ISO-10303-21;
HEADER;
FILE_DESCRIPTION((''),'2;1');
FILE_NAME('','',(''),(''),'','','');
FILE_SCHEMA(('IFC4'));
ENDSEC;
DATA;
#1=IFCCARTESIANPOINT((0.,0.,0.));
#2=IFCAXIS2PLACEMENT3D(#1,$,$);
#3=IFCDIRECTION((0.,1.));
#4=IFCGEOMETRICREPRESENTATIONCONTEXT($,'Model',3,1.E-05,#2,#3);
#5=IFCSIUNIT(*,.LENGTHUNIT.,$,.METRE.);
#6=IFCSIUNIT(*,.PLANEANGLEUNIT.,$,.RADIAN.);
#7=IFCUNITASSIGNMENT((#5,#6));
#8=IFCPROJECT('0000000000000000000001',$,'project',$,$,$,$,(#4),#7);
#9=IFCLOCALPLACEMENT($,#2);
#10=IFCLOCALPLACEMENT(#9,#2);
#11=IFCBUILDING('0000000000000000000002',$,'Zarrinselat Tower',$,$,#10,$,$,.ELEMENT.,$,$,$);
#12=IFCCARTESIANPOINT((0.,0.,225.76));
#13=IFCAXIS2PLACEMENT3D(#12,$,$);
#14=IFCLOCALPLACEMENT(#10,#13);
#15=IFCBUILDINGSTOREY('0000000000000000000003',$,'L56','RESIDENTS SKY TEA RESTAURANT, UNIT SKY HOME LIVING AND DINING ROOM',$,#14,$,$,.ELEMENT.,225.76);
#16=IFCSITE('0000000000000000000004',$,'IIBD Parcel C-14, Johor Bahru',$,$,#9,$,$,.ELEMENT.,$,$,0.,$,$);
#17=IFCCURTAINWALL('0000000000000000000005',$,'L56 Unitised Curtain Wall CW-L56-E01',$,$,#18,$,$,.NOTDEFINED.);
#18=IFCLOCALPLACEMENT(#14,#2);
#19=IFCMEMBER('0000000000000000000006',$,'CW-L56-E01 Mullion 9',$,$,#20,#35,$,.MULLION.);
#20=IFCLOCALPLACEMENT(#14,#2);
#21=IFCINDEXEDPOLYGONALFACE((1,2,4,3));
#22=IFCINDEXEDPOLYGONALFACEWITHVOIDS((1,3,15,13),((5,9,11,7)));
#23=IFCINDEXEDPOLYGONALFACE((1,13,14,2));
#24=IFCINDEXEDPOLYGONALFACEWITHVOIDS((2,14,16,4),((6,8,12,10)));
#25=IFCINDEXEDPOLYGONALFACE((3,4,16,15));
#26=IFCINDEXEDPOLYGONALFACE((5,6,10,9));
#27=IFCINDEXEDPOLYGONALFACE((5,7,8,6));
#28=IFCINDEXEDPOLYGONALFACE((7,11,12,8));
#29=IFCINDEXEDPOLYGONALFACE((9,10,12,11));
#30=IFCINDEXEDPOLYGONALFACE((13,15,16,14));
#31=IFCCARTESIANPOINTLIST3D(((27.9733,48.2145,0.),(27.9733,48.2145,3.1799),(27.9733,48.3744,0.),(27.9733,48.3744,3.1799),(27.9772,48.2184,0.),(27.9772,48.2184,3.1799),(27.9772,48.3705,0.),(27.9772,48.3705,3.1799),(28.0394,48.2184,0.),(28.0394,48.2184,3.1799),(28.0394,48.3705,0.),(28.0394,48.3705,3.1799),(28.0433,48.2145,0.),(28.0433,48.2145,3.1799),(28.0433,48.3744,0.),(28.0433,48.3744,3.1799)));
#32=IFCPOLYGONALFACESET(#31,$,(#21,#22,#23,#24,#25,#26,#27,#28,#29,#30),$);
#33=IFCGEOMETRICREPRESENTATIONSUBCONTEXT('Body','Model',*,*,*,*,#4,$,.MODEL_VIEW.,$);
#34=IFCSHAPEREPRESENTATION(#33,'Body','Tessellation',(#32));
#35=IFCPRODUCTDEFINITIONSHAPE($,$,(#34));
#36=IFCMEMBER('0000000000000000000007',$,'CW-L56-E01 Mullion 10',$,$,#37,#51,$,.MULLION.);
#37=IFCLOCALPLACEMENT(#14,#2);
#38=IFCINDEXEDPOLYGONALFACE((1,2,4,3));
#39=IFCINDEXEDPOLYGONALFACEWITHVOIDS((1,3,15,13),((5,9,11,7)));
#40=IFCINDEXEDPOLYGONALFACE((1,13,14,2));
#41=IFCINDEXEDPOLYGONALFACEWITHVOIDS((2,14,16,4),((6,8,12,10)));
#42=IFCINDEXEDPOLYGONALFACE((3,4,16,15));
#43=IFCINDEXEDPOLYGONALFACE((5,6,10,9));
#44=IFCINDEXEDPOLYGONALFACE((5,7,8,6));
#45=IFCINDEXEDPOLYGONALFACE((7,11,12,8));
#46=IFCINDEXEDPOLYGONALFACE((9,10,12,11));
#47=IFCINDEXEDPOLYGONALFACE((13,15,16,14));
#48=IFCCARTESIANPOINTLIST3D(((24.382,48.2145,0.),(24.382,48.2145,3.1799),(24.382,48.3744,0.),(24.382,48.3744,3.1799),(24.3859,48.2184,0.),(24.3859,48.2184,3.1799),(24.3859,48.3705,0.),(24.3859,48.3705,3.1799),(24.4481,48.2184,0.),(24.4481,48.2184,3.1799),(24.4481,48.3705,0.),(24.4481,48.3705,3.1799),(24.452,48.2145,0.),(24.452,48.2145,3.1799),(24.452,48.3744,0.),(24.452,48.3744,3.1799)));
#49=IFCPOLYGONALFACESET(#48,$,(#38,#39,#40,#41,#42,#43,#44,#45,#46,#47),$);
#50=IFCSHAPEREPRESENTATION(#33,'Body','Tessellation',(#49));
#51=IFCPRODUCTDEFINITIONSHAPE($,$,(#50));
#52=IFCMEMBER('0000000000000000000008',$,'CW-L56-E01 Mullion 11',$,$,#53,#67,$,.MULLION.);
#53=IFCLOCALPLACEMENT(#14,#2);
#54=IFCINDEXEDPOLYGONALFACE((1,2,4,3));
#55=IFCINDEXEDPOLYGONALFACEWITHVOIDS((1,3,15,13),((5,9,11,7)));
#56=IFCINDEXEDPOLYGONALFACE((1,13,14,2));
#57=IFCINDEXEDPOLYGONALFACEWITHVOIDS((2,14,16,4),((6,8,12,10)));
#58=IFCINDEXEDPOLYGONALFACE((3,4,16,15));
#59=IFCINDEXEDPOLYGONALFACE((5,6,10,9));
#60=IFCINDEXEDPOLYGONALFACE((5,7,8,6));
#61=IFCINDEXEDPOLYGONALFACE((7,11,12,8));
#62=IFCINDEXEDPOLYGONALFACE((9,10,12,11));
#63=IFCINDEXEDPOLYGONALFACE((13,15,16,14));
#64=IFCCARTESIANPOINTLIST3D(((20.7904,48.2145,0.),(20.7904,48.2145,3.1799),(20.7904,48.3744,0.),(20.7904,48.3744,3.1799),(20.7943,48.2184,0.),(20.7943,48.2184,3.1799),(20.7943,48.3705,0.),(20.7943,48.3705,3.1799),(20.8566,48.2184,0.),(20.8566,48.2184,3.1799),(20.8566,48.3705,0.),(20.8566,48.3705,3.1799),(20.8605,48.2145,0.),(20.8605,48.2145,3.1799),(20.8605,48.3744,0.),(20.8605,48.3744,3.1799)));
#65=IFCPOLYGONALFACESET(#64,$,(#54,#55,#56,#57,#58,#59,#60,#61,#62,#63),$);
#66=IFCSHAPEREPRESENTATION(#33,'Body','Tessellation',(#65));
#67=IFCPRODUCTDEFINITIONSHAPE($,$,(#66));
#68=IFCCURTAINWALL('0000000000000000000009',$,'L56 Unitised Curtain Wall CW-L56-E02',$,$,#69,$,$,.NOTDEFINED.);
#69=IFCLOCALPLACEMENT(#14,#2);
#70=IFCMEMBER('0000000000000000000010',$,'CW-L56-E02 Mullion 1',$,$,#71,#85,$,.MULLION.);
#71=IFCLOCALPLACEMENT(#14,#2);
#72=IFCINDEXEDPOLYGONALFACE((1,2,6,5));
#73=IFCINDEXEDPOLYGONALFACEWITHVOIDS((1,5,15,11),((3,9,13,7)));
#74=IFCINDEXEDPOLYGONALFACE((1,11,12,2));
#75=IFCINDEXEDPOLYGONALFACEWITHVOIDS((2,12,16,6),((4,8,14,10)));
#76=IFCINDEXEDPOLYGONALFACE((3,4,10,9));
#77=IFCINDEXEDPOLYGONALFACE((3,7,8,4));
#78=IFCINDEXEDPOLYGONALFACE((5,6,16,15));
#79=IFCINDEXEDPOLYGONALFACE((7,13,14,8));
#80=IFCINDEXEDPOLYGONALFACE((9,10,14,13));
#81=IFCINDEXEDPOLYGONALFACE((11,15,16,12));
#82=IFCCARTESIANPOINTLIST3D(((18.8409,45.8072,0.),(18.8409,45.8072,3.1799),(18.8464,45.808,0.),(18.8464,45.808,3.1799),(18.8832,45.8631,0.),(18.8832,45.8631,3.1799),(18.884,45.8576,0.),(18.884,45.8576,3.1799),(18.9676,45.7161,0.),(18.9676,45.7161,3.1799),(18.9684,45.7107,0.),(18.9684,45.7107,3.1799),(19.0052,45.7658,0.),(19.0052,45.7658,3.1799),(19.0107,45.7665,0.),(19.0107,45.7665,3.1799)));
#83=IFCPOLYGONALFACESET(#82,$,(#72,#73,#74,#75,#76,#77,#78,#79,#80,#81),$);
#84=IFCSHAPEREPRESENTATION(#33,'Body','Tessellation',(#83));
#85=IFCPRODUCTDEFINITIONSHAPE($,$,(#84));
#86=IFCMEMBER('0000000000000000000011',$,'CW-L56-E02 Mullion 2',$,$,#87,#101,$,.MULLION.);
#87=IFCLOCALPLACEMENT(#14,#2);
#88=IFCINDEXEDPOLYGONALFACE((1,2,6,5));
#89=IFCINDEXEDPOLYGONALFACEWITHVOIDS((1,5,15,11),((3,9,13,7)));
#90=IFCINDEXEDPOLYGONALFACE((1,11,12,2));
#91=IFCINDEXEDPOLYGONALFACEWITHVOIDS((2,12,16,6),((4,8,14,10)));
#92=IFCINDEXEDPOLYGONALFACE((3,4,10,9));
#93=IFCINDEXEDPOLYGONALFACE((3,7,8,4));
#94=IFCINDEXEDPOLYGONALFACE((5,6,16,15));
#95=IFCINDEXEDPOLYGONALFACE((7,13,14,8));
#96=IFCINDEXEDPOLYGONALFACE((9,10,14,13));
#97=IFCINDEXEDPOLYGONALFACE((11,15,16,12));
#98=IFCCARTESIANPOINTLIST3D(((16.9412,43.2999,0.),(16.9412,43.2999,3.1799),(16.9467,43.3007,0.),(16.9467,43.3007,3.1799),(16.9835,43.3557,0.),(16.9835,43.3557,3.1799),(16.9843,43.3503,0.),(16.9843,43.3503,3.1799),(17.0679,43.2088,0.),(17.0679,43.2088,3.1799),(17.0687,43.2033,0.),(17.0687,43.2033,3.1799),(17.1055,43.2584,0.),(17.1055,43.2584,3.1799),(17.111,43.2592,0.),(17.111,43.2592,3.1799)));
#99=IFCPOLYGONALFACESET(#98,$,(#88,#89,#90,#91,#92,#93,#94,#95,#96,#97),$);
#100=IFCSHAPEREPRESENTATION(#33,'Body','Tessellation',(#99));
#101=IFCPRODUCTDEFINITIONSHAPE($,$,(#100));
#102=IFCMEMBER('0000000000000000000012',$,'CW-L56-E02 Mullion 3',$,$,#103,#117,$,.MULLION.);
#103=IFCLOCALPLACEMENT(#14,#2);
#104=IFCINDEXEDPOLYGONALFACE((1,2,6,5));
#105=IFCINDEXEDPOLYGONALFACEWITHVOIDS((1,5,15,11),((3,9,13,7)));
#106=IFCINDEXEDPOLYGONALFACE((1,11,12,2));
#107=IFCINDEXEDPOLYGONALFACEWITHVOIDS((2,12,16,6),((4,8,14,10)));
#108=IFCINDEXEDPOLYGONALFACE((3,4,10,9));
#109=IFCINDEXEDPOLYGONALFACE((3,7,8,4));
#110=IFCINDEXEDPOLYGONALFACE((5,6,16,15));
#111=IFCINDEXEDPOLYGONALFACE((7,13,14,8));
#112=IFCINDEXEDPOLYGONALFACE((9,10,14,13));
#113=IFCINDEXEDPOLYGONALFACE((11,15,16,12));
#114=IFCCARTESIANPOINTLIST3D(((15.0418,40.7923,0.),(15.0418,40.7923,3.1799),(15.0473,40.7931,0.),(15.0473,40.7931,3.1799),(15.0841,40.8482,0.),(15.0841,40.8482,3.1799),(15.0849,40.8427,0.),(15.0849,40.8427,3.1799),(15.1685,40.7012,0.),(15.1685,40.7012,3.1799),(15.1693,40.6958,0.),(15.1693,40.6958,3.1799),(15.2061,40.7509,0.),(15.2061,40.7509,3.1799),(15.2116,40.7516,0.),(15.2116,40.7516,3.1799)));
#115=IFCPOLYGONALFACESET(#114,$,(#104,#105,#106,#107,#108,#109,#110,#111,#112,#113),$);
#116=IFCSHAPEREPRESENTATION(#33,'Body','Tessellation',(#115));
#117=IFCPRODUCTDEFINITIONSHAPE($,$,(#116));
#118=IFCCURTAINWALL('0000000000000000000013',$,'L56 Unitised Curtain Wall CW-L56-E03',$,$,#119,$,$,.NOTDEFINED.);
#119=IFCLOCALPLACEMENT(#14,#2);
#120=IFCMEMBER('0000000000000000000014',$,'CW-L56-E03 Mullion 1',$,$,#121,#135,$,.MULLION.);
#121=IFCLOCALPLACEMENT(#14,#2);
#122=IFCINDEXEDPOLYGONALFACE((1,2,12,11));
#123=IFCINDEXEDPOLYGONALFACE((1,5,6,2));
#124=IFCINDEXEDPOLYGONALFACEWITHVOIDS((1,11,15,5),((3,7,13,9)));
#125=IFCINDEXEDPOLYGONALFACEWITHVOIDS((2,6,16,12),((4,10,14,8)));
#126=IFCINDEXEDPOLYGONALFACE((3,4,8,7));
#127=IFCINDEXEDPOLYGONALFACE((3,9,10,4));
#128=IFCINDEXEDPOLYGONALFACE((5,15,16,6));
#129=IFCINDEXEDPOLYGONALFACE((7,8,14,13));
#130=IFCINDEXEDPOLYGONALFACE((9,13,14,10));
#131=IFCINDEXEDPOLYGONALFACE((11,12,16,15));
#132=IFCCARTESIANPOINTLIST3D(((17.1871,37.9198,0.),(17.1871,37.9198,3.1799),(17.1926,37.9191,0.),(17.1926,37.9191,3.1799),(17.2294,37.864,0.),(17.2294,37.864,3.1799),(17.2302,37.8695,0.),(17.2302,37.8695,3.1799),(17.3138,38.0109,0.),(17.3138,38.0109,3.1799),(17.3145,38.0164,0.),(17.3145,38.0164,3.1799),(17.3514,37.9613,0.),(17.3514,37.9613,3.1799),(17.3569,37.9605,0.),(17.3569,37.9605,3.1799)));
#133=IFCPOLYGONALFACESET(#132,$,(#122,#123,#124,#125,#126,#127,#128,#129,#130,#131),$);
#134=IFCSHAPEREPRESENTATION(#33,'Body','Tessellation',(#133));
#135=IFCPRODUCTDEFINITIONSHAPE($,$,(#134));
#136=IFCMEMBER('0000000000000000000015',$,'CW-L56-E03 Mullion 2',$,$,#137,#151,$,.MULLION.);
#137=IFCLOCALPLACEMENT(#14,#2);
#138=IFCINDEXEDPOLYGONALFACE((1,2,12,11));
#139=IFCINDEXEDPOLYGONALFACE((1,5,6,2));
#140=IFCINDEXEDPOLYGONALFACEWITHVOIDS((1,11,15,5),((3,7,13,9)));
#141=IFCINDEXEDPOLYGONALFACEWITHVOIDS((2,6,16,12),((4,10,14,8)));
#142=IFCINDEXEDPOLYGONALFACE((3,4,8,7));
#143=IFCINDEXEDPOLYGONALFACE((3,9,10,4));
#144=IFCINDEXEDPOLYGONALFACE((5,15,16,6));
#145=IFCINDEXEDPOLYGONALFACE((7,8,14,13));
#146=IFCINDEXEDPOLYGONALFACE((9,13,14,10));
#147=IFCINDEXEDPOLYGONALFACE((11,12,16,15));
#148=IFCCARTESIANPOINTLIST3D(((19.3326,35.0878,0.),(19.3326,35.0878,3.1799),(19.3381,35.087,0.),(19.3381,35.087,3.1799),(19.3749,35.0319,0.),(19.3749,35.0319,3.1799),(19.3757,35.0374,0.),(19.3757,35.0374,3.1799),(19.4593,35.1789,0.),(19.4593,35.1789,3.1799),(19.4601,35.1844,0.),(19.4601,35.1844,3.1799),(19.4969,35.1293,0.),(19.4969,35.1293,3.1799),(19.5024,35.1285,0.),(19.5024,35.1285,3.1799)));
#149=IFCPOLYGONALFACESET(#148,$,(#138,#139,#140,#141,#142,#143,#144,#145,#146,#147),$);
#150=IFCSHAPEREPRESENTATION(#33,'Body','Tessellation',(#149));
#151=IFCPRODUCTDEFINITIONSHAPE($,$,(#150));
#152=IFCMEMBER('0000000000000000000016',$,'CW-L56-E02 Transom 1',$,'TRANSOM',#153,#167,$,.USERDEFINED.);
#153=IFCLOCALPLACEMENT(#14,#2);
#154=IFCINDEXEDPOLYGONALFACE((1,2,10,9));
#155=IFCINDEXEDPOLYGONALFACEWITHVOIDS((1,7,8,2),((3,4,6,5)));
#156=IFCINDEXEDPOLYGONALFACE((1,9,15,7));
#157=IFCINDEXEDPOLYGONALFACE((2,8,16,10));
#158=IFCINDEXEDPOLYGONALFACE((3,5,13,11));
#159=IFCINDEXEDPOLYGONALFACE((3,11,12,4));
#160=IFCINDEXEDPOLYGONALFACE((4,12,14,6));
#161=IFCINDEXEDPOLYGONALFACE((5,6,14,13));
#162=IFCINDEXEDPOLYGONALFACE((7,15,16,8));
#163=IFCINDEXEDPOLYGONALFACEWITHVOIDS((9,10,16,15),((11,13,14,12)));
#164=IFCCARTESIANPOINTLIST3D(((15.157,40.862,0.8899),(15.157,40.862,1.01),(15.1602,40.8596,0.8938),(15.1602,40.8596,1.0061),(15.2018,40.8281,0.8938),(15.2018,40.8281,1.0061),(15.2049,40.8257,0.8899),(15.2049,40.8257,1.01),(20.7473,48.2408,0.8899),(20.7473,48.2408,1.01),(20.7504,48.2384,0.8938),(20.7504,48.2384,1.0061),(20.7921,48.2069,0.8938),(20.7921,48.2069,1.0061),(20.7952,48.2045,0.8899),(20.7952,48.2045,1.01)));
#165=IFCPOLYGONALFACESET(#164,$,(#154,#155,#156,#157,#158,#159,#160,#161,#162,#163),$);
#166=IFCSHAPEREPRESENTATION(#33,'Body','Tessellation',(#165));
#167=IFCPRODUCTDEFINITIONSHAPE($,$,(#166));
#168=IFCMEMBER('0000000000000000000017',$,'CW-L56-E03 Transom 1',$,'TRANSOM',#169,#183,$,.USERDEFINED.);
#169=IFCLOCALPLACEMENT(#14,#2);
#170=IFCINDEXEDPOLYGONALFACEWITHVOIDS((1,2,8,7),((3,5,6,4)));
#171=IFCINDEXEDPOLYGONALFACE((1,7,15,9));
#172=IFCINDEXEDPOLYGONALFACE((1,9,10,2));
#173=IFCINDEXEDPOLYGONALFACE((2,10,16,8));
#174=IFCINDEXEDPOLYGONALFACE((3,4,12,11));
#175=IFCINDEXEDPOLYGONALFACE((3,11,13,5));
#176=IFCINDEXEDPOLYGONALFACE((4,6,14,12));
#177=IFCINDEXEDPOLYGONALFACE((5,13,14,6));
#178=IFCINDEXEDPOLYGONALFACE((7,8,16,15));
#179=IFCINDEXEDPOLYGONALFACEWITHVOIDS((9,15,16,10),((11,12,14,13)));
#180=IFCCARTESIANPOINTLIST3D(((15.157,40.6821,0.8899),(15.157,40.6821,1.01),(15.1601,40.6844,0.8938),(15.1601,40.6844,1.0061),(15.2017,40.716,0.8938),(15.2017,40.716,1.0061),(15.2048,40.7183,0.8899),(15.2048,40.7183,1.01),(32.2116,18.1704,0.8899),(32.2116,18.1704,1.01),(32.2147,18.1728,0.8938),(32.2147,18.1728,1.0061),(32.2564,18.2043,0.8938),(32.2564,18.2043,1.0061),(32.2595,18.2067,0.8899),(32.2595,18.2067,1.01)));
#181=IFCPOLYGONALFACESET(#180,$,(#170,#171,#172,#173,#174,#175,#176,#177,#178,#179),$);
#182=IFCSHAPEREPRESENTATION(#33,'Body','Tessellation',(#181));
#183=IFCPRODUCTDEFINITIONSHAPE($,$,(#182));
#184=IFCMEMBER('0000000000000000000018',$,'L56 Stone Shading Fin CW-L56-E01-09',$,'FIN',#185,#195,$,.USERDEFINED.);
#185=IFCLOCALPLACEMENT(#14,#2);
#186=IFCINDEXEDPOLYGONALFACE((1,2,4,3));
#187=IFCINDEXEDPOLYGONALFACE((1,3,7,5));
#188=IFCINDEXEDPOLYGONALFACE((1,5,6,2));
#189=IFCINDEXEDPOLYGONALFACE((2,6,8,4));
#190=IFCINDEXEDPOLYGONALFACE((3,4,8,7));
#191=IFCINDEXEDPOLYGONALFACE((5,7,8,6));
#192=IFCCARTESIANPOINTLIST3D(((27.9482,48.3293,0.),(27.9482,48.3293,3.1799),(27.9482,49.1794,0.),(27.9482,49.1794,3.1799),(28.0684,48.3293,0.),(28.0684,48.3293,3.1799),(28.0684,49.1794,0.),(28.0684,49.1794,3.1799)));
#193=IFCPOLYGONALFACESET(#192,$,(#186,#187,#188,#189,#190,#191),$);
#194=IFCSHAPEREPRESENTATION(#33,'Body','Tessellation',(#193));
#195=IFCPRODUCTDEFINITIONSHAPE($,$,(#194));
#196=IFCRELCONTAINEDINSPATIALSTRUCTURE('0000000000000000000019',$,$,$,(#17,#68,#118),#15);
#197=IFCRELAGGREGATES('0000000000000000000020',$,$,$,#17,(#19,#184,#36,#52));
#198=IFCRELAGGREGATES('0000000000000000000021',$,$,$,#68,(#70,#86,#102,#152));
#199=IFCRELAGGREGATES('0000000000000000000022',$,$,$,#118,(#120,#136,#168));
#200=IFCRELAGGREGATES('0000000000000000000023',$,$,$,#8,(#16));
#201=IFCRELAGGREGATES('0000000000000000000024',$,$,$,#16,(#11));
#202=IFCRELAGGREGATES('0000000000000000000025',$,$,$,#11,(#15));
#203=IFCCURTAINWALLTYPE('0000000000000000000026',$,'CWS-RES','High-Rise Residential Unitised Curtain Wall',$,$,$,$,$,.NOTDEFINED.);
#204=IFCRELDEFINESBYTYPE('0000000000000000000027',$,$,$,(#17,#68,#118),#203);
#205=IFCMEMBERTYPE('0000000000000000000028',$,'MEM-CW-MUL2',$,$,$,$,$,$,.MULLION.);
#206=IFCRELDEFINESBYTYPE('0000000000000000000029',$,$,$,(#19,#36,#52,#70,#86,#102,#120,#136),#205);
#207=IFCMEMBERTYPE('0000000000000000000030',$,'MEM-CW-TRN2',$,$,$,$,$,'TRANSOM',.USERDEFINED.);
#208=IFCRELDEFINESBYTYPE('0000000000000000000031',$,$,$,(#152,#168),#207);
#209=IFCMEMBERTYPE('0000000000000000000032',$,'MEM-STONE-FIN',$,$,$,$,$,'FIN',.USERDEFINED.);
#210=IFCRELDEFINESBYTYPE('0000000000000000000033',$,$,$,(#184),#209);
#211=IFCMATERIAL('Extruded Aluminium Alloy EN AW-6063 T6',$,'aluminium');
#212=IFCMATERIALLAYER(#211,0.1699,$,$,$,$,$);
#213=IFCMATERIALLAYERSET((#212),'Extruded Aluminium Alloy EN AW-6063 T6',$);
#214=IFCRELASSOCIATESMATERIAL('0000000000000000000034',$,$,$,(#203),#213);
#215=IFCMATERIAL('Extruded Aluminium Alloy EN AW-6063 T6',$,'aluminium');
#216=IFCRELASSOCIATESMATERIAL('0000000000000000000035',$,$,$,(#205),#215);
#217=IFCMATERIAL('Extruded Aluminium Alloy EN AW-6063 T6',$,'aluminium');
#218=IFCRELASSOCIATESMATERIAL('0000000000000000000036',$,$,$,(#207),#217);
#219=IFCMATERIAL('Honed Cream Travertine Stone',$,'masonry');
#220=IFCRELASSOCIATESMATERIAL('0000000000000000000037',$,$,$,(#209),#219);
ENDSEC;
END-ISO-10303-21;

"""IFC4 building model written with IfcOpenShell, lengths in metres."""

from ifc_helpers import new_model, si_unit, direction, frame, origin, origin_2d, place, context, subcontext, project, spatial, rectangle, hollow_rectangle, extrude, material, layer, layer_set, material_profile, profile_set, type_object, element, aggregate, save


model = new_model("IFC4")

# Units and contexts
model_context = context("Model", 3, precision=1e-05, world=origin(), true_north=direction((0.0, 1.0)))
body_context = subcontext(model_context, "Body", "Model", "MODEL_VIEW")
ifc_project = project(units=[si_unit("LENGTHUNIT", "METRE"), si_unit("PLANEANGLEUNIT", "RADIAN")], contexts=[model_context])

# Site, building, storey
site_placement = place(None, origin())
site = spatial("IfcSite", under=ifc_project, at=site_placement, Name="IIBD Parcel C-14, Johor Bahru", CompositionType="ELEMENT", RefElevation=0.0)
building_placement = place(site_placement, origin())
building = spatial("IfcBuilding", under=site, at=building_placement, Name="Zarrinselat Tower", CompositionType="ELEMENT")
storey_placement = place(building_placement, frame((0.0, 0.0, 225.76)))
storey = spatial("IfcBuildingStorey", under=building, at=storey_placement, Name="L56", Description="RESIDENTS SKY TEA RESTAURANT, UNIT SKY HOME LIVING AND DINING ROOM", CompositionType="ELEMENT", Elevation=225.76)

# Curtain walls, members
ifc_material_1 = material(Name="Extruded Aluminium Alloy EN AW-6063 T6", Category="aluminium")
ifc_layer_1 = layer(ifc_material_1, 0.1699)
ifc_layer_set_1 = layer_set([ifc_layer_1], Name="Extruded Aluminium Alloy EN AW-6063 T6")
curtain_wall_type = type_object("IfcCurtainWallType", Name="CWS-RES", Description="High-Rise Residential Unitised Curtain Wall", PredefinedType="NOTDEFINED", material=ifc_layer_set_1)
curtain_wall_1_placement = place(storey_placement, origin())
curtain_wall_1 = element("IfcCurtainWall", 1, at=curtain_wall_1_placement, inside=storey, type_object=curtain_wall_type, Name="L56 Unitised Curtain Wall CW-L56-E01", PredefinedType="NOTDEFINED")
ifc_material_2 = material(Name="Extruded Aluminium Alloy EN AW-6063 T6", Category="aluminium")
ifc_material_profile_1 = material_profile(ifc_material_2, hollow_rectangle(XDim=0.0701, YDim=0.1599, WallThickness=0.0039, at=origin_2d()), Name="RHS 160x70x4")
ifc_profile_set_1 = profile_set([ifc_material_profile_1], Name="Extruded Aluminium Alloy EN AW-6063 T6")
member_type_1 = type_object("IfcMemberType", Name="MEM-CW-MUL2", PredefinedType="MULLION", material=ifc_profile_set_1)
member_1_placement = place(storey_placement, frame((28.0083, 48.2944, 0.0), z_axis=(0.0, 0.0, 1.0), x_axis=(-1.0, 0.0, 0.0)))
member_1 = element("IfcMember", 2, at=member_1_placement, type_object=member_type_1, Name="CW-L56-E01 Mullion 9", PredefinedType="MULLION", context=body_context, shape_type="SweptSolid", body=[
    extrude(hollow_rectangle(XDim=0.0701, YDim=0.1599, WallThickness=0.0039, at=origin_2d()), origin(), (0.0, 0.0, 1.0), 3.1799),
])
member_2_placement = place(storey_placement, frame((24.417, 48.2944, 0.0), z_axis=(0.0, 0.0, 1.0), x_axis=(-1.0, 0.0, 0.0)))
member_2 = element("IfcMember", 3, at=member_2_placement, type_object=member_type_1, Name="CW-L56-E01 Mullion 10", PredefinedType="MULLION", context=body_context, shape_type="SweptSolid", body=[
    extrude(hollow_rectangle(XDim=0.0701, YDim=0.1599, WallThickness=0.0039, at=origin_2d()), origin(), (0.0, 0.0, 1.0), 3.1799),
])
member_3_placement = place(storey_placement, frame((20.8254, 48.2944, 0.0), z_axis=(0.0, 0.0, 1.0), x_axis=(-1.0, 0.0, 0.0)))
member_3 = element("IfcMember", 4, at=member_3_placement, type_object=member_type_1, Name="CW-L56-E01 Mullion 11", PredefinedType="MULLION", context=body_context, shape_type="SweptSolid", body=[
    extrude(hollow_rectangle(XDim=0.0701, YDim=0.1599, WallThickness=0.0039, at=origin_2d()), origin(), (0.0, 0.0, 1.0), 3.1799),
])
curtain_wall_2_placement = place(storey_placement, origin())
curtain_wall_2 = element("IfcCurtainWall", 5, at=curtain_wall_2_placement, inside=storey, type_object=curtain_wall_type, Name="L56 Unitised Curtain Wall CW-L56-E02", PredefinedType="NOTDEFINED")
member_4_placement = place(storey_placement, frame((18.9258, 45.7869, 0.0), z_axis=(0.0, 0.0, 1.0), x_axis=(-0.603865, -0.797086, 0.0)))
member_4 = element("IfcMember", 6, at=member_4_placement, type_object=member_type_1, Name="CW-L56-E02 Mullion 1", PredefinedType="MULLION", context=body_context, shape_type="SweptSolid", body=[
    extrude(hollow_rectangle(XDim=0.0701, YDim=0.1599, WallThickness=0.0039, at=origin_2d()), origin(), (0.0, 0.0, 1.0), 3.1799),
])
member_5_placement = place(storey_placement, frame((17.0261, 43.2795, 0.0), z_axis=(0.0, 0.0, 1.0), x_axis=(-0.603865, -0.797086, 0.0)))
member_5 = element("IfcMember", 7, at=member_5_placement, type_object=member_type_1, Name="CW-L56-E02 Mullion 2", PredefinedType="MULLION", context=body_context, shape_type="SweptSolid", body=[
    extrude(hollow_rectangle(XDim=0.0701, YDim=0.1599, WallThickness=0.0039, at=origin_2d()), origin(), (0.0, 0.0, 1.0), 3.1799),
])
member_6_placement = place(storey_placement, frame((15.1267, 40.772, 0.0), z_axis=(0.0, 0.0, 1.0), x_axis=(-0.603865, -0.797086, 0.0)))
member_6 = element("IfcMember", 8, at=member_6_placement, type_object=member_type_1, Name="CW-L56-E02 Mullion 3", PredefinedType="MULLION", context=body_context, shape_type="SweptSolid", body=[
    extrude(hollow_rectangle(XDim=0.0701, YDim=0.1599, WallThickness=0.0039, at=origin_2d()), origin(), (0.0, 0.0, 1.0), 3.1799),
])
curtain_wall_3_placement = place(storey_placement, origin())
curtain_wall_3 = element("IfcCurtainWall", 9, at=curtain_wall_3_placement, inside=storey, type_object=curtain_wall_type, Name="L56 Unitised Curtain Wall CW-L56-E03", PredefinedType="NOTDEFINED")
member_7_placement = place(storey_placement, frame((17.272, 37.9402, 0.0), z_axis=(0.0, 0.0, 1.0), x_axis=(0.60386, -0.797091, 0.0)))
member_7 = element("IfcMember", 10, at=member_7_placement, type_object=member_type_1, Name="CW-L56-E03 Mullion 1", PredefinedType="MULLION", context=body_context, shape_type="SweptSolid", body=[
    extrude(hollow_rectangle(XDim=0.0701, YDim=0.1599, WallThickness=0.0039, at=origin_2d()), origin(), (0.0, 0.0, 1.0), 3.1799),
])
member_8_placement = place(storey_placement, frame((19.4175, 35.1082, 0.0), z_axis=(0.0, 0.0, 1.0), x_axis=(0.60386, -0.797091, 0.0)))
member_8 = element("IfcMember", 11, at=member_8_placement, type_object=member_type_1, Name="CW-L56-E03 Mullion 2", PredefinedType="MULLION", context=body_context, shape_type="SweptSolid", body=[
    extrude(hollow_rectangle(XDim=0.0701, YDim=0.1599, WallThickness=0.0039, at=origin_2d()), origin(), (0.0, 0.0, 1.0), 3.1799),
])

# Members
ifc_material_3 = material(Name="Extruded Aluminium Alloy EN AW-6063 T6", Category="aluminium")
ifc_material_profile_2 = material_profile(ifc_material_3, hollow_rectangle(XDim=0.0601, YDim=0.1201, WallThickness=0.0039, at=origin_2d()), Name="RHS 120x60x4")
ifc_profile_set_2 = profile_set([ifc_material_profile_2], Name="Extruded Aluminium Alloy EN AW-6063 T6")
member_type_2 = type_object("IfcMemberType", Name="MEM-CW-TRN2", ElementType="TRANSOM", PredefinedType="USERDEFINED", material=ifc_profile_set_2)
member_9_placement = place(storey_placement, frame((20.7712, 48.2227, 0.95), z_axis=(-0.603875, -0.797079, 0.0), x_axis=(0.797079, -0.603875, 0.0)))
member_9 = element("IfcMember", 12, at=member_9_placement, type_object=member_type_2, Name="CW-L56-E02 Transom 1", ObjectType="TRANSOM", PredefinedType="USERDEFINED", context=body_context, shape_type="SweptSolid", body=[
    extrude(hollow_rectangle(XDim=0.0601, YDim=0.1201, WallThickness=0.0039, at=origin_2d()), origin(), (0.0, 0.0, 1.0), 9.2573),
])
member_10_placement = place(storey_placement, frame((15.1809, 40.7002, 0.95), z_axis=(0.603866, -0.797086, 0.0), x_axis=(0.797086, 0.603866, 0.0)))
member_10 = element("IfcMember", 13, at=member_10_placement, type_object=member_type_2, Name="CW-L56-E03 Transom 1", ObjectType="TRANSOM", PredefinedType="USERDEFINED", context=body_context, shape_type="SweptSolid", body=[
    extrude(hollow_rectangle(XDim=0.0601, YDim=0.1201, WallThickness=0.0039, at=origin_2d()), origin(), (0.0, 0.0, 1.0), 28.2424),
])
ifc_material_4 = material(Name="Honed Cream Travertine Stone", Category="masonry")
ifc_material_profile_3 = material_profile(ifc_material_4, rectangle(XDim=0.1201, YDim=0.8501, at=origin_2d()), Name="FIN 850x120")
ifc_profile_set_3 = profile_set([ifc_material_profile_3], Name="Honed Cream Travertine Stone")
member_type_3 = type_object("IfcMemberType", Name="MEM-STONE-FIN", ElementType="FIN", PredefinedType="USERDEFINED", material=ifc_profile_set_3)
member_11_placement = place(storey_placement, frame((28.0083, 48.7544, 0.0), z_axis=(0.0, 0.0, 1.0), x_axis=(1.0, 0.0, 0.0)))
member_11 = element("IfcMember", 14, at=member_11_placement, type_object=member_type_3, Name="L56 Stone Shading Fin CW-L56-E01-09", ObjectType="FIN", PredefinedType="USERDEFINED", context=body_context, shape_type="SweptSolid", body=[
    extrude(rectangle(XDim=0.1201, YDim=0.8501, at=origin_2d()), origin(), (0.0, 0.0, 1.0), 3.1799),
])

aggregate(curtain_wall_1, [member_1, member_11, member_2, member_3])
aggregate(curtain_wall_2, [member_4, member_5, member_6, member_9])
aggregate(curtain_wall_3, [member_7, member_8, member_10])

save(model, "model.ifc")
